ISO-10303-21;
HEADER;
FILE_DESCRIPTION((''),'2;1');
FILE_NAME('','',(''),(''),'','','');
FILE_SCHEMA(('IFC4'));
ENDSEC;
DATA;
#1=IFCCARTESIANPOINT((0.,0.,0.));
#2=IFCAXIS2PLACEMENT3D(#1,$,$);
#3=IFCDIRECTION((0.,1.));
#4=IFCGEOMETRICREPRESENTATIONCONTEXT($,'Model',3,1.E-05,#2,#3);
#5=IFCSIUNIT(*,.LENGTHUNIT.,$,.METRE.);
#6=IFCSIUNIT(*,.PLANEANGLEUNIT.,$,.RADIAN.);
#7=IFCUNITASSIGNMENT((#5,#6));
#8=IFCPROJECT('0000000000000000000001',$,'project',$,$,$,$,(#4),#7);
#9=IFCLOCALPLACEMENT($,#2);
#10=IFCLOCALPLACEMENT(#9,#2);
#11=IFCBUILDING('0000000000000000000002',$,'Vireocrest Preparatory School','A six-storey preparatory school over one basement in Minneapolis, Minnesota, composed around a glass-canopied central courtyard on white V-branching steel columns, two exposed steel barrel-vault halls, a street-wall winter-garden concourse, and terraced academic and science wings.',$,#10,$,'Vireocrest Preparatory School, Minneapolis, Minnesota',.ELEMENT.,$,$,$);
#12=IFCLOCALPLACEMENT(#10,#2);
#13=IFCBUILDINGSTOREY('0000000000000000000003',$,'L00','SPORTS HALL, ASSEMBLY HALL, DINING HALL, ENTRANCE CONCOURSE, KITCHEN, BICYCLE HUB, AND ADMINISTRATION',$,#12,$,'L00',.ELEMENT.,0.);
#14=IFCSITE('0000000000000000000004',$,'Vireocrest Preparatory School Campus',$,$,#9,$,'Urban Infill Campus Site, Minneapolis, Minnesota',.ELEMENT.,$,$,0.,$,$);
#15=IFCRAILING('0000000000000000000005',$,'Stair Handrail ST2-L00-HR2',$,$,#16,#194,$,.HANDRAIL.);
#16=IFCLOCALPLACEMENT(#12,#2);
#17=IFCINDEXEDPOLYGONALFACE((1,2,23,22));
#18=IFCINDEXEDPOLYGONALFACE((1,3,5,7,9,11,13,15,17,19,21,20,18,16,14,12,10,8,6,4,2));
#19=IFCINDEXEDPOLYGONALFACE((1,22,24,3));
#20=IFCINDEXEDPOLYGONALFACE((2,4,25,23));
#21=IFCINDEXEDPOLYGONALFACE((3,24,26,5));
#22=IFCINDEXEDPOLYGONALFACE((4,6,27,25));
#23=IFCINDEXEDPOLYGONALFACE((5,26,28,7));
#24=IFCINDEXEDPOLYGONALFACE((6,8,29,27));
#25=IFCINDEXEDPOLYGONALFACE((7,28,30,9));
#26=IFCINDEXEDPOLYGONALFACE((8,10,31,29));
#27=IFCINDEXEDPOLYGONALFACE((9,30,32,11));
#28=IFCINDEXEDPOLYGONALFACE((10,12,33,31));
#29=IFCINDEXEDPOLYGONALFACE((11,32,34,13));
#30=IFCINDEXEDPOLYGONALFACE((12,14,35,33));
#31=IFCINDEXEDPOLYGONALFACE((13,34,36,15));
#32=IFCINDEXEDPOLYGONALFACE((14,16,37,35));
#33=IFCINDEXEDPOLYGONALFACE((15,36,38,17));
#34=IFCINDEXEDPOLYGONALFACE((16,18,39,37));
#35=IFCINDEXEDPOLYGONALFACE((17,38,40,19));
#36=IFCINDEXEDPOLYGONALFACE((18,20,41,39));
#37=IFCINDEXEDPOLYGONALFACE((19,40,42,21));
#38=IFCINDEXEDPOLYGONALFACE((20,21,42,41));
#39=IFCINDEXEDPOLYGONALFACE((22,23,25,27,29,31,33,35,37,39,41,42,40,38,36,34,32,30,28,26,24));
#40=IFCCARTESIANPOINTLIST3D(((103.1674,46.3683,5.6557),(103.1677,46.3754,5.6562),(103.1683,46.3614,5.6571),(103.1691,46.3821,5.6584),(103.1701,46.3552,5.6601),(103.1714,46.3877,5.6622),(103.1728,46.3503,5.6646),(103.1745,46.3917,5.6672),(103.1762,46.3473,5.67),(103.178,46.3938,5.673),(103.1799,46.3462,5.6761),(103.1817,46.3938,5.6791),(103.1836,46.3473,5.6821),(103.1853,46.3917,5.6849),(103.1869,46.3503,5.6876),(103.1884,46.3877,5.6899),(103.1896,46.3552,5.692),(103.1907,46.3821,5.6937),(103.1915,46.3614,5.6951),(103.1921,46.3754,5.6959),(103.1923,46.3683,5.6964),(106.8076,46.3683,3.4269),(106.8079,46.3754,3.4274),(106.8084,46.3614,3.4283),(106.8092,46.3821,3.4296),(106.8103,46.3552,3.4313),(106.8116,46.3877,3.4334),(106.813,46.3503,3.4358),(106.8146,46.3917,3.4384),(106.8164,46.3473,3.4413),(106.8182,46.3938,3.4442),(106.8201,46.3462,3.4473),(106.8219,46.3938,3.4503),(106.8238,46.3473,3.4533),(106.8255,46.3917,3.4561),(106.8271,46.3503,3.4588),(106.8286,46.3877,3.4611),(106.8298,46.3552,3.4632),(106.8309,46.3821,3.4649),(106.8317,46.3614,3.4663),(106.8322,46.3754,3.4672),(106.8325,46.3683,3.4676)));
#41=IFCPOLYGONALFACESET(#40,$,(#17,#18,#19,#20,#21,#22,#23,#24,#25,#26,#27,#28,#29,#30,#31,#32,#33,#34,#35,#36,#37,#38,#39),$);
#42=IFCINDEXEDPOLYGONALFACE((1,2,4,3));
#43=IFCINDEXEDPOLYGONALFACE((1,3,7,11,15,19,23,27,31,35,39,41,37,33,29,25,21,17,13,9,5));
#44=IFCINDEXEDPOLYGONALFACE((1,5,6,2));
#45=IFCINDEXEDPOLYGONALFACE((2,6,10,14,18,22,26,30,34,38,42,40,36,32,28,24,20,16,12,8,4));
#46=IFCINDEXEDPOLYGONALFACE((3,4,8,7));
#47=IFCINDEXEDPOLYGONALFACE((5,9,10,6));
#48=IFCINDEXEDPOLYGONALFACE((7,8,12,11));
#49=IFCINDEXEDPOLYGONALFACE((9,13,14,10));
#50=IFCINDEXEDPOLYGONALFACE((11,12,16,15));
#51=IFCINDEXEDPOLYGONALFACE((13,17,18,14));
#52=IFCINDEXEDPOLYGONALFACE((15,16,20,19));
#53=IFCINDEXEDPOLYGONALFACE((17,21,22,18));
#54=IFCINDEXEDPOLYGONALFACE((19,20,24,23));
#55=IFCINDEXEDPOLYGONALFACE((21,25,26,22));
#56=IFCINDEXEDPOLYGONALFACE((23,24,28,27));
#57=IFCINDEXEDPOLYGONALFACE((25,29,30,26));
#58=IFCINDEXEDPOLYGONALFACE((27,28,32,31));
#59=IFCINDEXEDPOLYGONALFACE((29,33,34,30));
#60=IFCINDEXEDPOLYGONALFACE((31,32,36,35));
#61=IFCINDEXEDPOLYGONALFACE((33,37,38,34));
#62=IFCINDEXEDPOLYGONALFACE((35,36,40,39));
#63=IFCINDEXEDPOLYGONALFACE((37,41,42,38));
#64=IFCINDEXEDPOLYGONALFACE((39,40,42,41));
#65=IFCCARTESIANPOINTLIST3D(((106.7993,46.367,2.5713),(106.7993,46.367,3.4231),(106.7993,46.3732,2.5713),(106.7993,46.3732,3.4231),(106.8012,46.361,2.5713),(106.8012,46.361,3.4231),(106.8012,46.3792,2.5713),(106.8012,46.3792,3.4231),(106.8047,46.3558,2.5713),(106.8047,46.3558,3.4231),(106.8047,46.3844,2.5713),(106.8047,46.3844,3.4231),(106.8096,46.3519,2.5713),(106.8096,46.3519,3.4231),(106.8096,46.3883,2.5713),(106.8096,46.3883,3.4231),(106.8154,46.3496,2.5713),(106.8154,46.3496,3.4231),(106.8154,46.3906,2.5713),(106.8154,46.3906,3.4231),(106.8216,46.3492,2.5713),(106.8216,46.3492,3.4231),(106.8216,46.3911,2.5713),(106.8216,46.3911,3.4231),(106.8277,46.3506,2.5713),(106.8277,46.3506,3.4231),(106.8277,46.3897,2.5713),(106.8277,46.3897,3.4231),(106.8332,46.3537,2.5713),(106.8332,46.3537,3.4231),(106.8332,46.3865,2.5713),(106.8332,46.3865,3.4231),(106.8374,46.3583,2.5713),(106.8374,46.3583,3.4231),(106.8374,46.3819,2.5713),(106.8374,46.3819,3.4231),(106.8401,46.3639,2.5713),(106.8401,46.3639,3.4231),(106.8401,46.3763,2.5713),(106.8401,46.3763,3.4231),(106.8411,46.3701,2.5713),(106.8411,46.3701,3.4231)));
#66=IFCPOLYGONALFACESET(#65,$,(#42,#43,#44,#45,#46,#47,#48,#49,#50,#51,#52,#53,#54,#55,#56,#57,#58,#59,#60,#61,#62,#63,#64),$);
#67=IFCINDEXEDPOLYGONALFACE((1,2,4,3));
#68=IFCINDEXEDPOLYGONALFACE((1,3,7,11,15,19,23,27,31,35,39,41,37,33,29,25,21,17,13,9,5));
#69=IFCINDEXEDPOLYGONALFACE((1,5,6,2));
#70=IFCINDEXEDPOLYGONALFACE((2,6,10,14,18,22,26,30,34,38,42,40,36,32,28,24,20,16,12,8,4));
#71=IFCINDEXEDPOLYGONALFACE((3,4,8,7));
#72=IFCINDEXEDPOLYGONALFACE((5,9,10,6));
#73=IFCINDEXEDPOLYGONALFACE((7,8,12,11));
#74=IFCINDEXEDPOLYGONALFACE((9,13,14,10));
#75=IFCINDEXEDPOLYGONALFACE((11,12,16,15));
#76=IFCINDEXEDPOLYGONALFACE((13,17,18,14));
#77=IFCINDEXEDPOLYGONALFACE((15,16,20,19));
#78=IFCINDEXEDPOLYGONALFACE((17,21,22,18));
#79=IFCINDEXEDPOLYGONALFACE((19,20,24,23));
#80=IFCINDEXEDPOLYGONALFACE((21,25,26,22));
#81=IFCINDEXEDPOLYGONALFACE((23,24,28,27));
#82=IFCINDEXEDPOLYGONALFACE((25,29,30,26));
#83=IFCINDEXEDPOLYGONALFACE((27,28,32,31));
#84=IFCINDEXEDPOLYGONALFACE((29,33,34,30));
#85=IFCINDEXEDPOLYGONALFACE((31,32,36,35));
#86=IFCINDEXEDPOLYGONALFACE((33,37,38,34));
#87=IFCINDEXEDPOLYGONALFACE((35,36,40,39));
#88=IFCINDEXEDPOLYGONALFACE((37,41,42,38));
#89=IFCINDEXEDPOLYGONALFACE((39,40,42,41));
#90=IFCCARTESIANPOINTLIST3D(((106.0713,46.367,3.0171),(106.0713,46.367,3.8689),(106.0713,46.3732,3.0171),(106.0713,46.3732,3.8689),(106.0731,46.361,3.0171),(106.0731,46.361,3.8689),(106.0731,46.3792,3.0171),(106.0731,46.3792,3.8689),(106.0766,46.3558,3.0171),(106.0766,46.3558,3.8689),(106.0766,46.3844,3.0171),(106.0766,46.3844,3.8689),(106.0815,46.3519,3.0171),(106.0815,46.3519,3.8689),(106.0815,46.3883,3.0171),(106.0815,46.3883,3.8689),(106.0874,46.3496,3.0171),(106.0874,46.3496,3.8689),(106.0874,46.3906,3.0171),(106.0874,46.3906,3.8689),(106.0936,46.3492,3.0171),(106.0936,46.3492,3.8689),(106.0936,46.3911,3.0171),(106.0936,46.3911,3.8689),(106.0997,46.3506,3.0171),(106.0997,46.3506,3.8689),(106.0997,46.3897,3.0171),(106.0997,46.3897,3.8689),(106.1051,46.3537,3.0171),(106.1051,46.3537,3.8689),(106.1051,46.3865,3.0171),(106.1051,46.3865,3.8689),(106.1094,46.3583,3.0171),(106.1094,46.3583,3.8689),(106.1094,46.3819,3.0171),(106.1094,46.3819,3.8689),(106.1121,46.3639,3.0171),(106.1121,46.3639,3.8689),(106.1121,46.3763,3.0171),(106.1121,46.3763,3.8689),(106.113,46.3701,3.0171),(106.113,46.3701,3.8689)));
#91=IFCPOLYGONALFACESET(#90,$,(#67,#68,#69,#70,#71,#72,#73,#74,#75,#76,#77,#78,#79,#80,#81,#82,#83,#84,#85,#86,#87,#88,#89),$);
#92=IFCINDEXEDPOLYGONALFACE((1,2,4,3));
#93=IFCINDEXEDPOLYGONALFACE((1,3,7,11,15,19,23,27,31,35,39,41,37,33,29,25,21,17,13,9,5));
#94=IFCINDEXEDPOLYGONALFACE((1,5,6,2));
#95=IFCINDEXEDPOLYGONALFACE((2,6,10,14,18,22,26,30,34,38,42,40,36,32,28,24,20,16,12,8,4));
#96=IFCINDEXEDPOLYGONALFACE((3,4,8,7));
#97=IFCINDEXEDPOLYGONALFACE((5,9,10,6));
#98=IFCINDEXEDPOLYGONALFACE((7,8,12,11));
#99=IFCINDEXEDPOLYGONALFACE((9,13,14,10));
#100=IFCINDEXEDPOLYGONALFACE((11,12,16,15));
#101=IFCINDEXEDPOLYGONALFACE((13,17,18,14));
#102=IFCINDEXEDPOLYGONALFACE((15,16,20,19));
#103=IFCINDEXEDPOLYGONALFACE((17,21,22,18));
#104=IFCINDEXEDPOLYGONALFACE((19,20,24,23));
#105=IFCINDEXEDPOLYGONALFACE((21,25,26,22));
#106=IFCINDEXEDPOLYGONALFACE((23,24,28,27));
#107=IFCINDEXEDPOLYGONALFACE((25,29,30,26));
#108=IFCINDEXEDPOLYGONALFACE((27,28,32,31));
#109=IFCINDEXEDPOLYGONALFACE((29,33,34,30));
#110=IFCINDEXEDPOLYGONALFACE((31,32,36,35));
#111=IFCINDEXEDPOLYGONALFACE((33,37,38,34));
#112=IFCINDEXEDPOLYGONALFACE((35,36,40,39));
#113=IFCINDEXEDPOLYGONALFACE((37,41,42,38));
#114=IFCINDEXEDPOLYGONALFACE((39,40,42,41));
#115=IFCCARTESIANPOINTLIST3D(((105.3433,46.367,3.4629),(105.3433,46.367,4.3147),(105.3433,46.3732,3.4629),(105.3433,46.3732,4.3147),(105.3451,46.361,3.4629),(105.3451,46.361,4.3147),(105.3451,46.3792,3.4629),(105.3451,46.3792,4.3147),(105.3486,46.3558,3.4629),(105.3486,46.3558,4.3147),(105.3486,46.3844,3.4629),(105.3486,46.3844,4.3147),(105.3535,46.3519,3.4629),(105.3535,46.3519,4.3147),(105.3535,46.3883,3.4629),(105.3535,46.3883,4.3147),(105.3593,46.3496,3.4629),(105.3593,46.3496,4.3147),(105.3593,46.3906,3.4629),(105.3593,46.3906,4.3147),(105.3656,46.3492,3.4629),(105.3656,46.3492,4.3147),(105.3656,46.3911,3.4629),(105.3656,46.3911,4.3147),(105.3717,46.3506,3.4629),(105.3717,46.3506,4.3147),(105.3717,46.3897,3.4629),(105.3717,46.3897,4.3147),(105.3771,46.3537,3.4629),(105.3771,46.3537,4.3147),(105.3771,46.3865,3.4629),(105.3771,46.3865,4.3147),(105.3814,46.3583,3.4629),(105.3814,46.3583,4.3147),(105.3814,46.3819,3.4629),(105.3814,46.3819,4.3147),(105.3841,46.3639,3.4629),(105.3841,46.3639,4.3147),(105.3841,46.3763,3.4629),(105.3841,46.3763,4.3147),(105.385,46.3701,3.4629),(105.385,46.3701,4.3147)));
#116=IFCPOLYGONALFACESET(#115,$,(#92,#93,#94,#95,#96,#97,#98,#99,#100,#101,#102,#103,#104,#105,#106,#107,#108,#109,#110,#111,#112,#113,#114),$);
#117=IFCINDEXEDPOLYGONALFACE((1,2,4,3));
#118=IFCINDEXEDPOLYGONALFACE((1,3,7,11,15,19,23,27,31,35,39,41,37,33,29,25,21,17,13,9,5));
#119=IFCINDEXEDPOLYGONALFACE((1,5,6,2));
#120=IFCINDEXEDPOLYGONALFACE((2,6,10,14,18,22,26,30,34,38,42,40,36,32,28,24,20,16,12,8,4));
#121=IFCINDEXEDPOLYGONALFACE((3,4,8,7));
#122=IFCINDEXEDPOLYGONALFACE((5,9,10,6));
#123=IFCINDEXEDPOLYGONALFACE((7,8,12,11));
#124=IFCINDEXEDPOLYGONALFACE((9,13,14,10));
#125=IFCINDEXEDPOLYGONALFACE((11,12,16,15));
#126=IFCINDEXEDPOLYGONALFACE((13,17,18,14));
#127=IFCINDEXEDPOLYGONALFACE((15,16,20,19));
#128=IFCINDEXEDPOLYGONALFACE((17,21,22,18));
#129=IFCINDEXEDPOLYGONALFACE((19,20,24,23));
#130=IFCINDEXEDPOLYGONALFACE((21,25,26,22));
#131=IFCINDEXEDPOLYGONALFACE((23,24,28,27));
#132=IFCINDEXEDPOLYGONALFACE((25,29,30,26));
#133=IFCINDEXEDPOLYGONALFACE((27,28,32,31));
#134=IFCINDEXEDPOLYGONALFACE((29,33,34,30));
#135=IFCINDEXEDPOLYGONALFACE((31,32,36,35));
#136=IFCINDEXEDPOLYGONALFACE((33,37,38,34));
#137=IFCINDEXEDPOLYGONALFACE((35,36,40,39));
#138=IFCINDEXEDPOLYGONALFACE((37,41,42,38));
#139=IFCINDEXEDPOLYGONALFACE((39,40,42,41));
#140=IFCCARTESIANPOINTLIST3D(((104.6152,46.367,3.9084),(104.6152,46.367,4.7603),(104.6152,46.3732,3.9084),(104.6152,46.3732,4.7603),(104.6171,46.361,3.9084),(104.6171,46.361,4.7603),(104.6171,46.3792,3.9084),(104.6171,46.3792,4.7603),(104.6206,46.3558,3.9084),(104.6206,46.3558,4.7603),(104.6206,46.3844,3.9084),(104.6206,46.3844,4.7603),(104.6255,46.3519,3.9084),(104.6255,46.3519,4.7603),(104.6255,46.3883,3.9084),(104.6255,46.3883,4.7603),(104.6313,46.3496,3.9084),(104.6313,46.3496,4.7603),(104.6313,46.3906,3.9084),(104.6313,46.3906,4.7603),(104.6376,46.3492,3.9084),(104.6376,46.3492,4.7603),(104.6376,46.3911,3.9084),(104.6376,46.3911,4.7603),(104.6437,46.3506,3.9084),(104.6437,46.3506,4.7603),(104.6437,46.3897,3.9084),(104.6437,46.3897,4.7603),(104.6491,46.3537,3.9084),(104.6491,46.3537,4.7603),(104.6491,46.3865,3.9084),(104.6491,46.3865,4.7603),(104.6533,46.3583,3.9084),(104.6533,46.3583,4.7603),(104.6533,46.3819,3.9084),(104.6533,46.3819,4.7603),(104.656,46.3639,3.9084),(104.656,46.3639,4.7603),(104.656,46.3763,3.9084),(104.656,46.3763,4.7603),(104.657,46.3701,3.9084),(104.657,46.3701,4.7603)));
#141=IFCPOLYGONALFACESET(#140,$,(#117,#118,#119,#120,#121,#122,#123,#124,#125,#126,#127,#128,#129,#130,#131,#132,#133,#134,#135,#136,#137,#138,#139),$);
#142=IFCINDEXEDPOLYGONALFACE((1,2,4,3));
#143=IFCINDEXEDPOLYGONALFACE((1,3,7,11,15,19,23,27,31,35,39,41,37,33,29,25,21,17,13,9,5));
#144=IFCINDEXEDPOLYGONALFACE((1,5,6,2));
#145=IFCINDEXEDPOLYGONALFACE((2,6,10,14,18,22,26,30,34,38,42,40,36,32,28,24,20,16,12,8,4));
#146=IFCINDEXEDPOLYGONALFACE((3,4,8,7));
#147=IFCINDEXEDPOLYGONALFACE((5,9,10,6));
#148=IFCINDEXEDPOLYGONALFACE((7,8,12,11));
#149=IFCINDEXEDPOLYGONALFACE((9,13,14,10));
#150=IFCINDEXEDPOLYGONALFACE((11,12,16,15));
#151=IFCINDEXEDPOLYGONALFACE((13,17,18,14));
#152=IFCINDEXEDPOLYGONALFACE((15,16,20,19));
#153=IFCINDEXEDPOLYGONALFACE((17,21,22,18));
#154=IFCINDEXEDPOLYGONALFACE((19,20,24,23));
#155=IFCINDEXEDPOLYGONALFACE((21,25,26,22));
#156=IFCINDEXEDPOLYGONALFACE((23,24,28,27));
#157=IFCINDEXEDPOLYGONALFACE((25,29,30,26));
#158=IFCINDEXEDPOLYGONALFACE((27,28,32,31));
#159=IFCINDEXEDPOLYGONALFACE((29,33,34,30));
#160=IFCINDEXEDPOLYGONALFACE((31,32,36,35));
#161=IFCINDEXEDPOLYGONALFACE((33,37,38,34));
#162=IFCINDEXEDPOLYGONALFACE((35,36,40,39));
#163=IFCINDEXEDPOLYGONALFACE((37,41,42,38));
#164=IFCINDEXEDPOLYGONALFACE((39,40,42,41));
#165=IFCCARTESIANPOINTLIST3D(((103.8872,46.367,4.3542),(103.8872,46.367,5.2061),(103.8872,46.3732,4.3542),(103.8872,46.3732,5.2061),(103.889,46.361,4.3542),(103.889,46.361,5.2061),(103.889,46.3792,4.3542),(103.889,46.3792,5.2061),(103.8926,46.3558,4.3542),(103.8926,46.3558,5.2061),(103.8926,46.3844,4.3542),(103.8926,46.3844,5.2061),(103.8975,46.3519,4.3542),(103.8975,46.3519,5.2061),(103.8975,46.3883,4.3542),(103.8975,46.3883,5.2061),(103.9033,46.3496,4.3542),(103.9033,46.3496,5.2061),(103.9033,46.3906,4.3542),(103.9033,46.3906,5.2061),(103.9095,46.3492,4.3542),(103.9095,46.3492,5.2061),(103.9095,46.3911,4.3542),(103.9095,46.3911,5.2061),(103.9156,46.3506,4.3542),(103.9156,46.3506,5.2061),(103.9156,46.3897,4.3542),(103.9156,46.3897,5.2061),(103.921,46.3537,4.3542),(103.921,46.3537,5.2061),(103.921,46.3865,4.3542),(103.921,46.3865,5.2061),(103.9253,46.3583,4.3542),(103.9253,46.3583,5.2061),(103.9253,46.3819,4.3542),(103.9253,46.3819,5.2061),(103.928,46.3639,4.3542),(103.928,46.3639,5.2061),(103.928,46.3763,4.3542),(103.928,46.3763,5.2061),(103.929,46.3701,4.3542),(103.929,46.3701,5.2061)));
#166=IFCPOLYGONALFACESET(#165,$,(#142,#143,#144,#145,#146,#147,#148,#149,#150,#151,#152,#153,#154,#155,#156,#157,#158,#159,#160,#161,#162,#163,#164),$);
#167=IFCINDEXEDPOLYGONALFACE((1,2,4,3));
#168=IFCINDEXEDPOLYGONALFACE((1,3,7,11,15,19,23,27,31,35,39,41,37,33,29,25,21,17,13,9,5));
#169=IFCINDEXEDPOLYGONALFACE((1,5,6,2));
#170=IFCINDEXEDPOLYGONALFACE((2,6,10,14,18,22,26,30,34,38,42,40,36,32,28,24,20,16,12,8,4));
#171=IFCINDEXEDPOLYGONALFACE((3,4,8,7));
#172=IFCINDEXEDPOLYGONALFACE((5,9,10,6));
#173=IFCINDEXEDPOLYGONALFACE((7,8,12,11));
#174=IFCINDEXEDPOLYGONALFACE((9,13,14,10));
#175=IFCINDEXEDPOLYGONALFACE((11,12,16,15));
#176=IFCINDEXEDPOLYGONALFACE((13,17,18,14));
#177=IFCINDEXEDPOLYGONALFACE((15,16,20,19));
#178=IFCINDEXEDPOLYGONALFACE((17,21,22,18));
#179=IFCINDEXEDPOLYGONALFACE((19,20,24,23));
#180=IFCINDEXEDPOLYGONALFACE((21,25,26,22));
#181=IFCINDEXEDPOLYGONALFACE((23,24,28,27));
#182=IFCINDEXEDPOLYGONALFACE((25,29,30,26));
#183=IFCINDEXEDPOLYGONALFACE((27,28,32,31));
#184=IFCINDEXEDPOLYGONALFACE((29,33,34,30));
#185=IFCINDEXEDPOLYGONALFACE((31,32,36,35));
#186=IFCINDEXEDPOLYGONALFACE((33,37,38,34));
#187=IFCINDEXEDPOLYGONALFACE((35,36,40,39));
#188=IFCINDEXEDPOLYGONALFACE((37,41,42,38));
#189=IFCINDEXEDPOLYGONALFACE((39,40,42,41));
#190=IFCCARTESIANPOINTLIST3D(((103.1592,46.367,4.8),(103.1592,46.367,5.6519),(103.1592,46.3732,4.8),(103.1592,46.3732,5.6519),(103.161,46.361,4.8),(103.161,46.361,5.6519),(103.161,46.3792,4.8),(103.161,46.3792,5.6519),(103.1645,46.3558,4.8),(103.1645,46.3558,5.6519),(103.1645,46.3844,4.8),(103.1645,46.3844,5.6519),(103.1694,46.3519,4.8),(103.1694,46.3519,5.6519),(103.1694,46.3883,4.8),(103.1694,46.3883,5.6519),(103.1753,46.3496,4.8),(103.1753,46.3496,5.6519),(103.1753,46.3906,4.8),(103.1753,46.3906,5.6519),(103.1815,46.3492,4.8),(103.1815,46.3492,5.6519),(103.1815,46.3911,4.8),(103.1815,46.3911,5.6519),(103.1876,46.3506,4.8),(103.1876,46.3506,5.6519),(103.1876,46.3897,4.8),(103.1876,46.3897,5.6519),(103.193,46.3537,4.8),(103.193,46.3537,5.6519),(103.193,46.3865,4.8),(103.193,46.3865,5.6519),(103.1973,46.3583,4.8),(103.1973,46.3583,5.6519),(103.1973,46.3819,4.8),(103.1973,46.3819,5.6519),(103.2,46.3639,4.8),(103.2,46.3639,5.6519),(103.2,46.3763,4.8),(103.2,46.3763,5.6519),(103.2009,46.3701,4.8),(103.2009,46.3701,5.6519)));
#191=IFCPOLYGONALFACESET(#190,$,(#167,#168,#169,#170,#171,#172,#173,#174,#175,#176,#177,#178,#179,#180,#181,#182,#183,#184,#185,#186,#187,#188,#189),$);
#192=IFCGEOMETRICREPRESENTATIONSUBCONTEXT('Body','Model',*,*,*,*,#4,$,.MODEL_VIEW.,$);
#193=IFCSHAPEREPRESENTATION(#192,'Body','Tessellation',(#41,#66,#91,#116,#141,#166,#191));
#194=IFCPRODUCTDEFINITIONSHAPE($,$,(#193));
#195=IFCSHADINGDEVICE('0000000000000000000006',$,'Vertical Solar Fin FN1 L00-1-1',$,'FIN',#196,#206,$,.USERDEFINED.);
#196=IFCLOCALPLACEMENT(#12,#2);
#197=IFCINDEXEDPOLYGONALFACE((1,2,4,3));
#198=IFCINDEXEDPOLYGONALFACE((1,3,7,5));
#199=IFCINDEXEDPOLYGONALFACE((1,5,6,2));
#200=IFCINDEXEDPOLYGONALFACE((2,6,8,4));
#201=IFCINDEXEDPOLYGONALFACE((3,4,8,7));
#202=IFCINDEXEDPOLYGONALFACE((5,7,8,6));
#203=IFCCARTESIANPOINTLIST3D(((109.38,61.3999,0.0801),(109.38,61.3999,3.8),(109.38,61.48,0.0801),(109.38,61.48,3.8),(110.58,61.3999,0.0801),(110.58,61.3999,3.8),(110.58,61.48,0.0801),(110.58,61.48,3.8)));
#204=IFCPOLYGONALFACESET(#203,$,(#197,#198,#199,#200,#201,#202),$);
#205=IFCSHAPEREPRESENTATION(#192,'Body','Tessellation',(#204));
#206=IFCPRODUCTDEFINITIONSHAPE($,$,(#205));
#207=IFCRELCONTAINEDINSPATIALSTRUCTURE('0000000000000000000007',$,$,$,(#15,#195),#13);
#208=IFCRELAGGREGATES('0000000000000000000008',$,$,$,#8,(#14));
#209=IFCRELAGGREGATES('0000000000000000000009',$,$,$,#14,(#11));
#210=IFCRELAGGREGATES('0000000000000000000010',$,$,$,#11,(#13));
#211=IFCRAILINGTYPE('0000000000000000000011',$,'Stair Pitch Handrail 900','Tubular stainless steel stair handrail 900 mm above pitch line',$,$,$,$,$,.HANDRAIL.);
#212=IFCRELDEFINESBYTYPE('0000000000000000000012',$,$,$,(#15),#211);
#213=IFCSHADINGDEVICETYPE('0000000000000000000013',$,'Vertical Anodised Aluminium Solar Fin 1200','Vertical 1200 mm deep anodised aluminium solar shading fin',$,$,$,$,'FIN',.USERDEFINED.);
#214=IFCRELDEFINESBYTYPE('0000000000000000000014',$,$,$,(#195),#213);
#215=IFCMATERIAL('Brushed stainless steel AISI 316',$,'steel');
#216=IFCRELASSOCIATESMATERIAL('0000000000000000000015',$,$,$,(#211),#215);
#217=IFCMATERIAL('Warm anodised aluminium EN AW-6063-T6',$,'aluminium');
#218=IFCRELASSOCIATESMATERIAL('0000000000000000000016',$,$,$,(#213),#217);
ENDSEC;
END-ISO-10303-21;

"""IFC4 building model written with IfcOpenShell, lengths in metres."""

from ifc_helpers import new_model, si_unit, direction, frame, origin, origin_2d, place, context, subcontext, project, spatial, rectangle, circle, extrude, material, material_profile, profile_set, type_object, element, save


model = new_model("IFC4")

# Units and contexts
model_context = context("Model", 3, precision=1e-05, world=origin(), true_north=direction((0.0, 1.0)))
body_context = subcontext(model_context, "Body", "Model", "MODEL_VIEW")
ifc_project = project(units=[si_unit("LENGTHUNIT", "METRE"), si_unit("PLANEANGLEUNIT", "RADIAN")], contexts=[model_context])

# Site, building, storey
site_placement = place(None, origin())
site = spatial("IfcSite", under=ifc_project, at=site_placement, Name="Vireocrest Preparatory School Campus", LongName="Urban Infill Campus Site, Minneapolis, Minnesota", CompositionType="ELEMENT", RefElevation=0.0)
building_placement = place(site_placement, origin())
building = spatial("IfcBuilding", under=site, at=building_placement, Name="Vireocrest Preparatory School", Description="A six-storey preparatory school over one basement in Minneapolis, Minnesota, composed around a glass-canopied central courtyard on white V-branching steel columns, two exposed steel barrel-vault halls, a street-wall winter-garden concourse, and terraced academic and science wings.", LongName="Vireocrest Preparatory School, Minneapolis, Minnesota", CompositionType="ELEMENT")
storey_placement = place(building_placement, origin())
storey = spatial("IfcBuildingStorey", under=building, at=storey_placement, Name="L00", Description="SPORTS HALL, ASSEMBLY HALL, DINING HALL, ENTRANCE CONCOURSE, KITCHEN, BICYCLE HUB, AND ADMINISTRATION", LongName="L00", CompositionType="ELEMENT", Elevation=0.0)

# Railing
ifc_material_1 = material(Name="Brushed stainless steel AISI 316", Category="steel")
railing_type_1 = type_object("IfcRailingType", Name="Stair Pitch Handrail 900", Description="Tubular stainless steel stair handrail 900 mm above pitch line", PredefinedType="HANDRAIL", material=ifc_material_1)
railing_1_placement = place(storey_placement, frame((106.8201, 46.3701, 2.5713)))
element("IfcRailing", 1, at=railing_1_placement, inside=storey, type_object=railing_type_1, Name="Stair Handrail ST2-L00-HR2", PredefinedType="HANDRAIL", context=body_context, shape_type="SweptSolid", body=[
    extrude(circle(Radius=0.0239, at=origin_2d()), frame((0.0, 0.0, 0.876), z_axis=(-0.85284, 0.0, 0.522172), x_axis=(0.0, -1.0, 0.0)), (0.0, 0.0, 1.0), 4.2683),
    extrude(circle(Radius=0.021, at=origin_2d()), origin(), (0.0, 0.0, 1.0), 0.8518),
    extrude(circle(Radius=0.021, at=origin_2d()), frame((-0.728, 0.0, 0.4458)), (0.0, 0.0, 1.0), 0.8518),
    extrude(circle(Radius=0.021, at=origin_2d()), frame((-1.4561, 0.0, 0.8916)), (0.0, 0.0, 1.0), 0.8518),
    extrude(circle(Radius=0.021, at=origin_2d()), frame((-2.1841, 0.0, 1.3372)), (0.0, 0.0, 1.0), 0.8518),
    extrude(circle(Radius=0.021, at=origin_2d()), frame((-2.9121, 0.0, 1.783)), (0.0, 0.0, 1.0), 0.8518),
    extrude(circle(Radius=0.021, at=origin_2d()), frame((-3.6401, 0.0, 2.2288)), (0.0, 0.0, 1.0), 0.8518),
])

# Shading device
ifc_material_2 = material(Name="Warm anodised aluminium EN AW-6063-T6", Category="aluminium")
ifc_material_profile_1 = material_profile(ifc_material_2, rectangle(XDim=0.0801, YDim=1.2, at=origin_2d()), Name="FIN 80x1200")
ifc_profile_set_1 = profile_set([ifc_material_profile_1], Name="Warm anodised aluminium EN AW-6063-T6")
shading_device_type = type_object("IfcShadingDeviceType", Name="Vertical Anodised Aluminium Solar Fin 1200", Description="Vertical 1200 mm deep anodised aluminium solar shading fin", ElementType="FIN", PredefinedType="USERDEFINED", material=ifc_profile_set_1)
shading_device_placement = place(storey_placement, frame((109.98, 61.4399, 0.0801), z_axis=(0.0, 0.0, 1.0), x_axis=(0.0, -1.0, 0.0)))
element("IfcShadingDevice", 2, at=shading_device_placement, inside=storey, type_object=shading_device_type, Name="Vertical Solar Fin FN1 L00-1-1", ObjectType="FIN", PredefinedType="USERDEFINED", context=body_context, shape_type="SweptSolid", body=[
    extrude(rectangle(XDim=0.0801, YDim=1.2, at=origin_2d()), origin(), (0.0, 0.0, 1.0), 3.72),
])

save(model, "model.ifc")
